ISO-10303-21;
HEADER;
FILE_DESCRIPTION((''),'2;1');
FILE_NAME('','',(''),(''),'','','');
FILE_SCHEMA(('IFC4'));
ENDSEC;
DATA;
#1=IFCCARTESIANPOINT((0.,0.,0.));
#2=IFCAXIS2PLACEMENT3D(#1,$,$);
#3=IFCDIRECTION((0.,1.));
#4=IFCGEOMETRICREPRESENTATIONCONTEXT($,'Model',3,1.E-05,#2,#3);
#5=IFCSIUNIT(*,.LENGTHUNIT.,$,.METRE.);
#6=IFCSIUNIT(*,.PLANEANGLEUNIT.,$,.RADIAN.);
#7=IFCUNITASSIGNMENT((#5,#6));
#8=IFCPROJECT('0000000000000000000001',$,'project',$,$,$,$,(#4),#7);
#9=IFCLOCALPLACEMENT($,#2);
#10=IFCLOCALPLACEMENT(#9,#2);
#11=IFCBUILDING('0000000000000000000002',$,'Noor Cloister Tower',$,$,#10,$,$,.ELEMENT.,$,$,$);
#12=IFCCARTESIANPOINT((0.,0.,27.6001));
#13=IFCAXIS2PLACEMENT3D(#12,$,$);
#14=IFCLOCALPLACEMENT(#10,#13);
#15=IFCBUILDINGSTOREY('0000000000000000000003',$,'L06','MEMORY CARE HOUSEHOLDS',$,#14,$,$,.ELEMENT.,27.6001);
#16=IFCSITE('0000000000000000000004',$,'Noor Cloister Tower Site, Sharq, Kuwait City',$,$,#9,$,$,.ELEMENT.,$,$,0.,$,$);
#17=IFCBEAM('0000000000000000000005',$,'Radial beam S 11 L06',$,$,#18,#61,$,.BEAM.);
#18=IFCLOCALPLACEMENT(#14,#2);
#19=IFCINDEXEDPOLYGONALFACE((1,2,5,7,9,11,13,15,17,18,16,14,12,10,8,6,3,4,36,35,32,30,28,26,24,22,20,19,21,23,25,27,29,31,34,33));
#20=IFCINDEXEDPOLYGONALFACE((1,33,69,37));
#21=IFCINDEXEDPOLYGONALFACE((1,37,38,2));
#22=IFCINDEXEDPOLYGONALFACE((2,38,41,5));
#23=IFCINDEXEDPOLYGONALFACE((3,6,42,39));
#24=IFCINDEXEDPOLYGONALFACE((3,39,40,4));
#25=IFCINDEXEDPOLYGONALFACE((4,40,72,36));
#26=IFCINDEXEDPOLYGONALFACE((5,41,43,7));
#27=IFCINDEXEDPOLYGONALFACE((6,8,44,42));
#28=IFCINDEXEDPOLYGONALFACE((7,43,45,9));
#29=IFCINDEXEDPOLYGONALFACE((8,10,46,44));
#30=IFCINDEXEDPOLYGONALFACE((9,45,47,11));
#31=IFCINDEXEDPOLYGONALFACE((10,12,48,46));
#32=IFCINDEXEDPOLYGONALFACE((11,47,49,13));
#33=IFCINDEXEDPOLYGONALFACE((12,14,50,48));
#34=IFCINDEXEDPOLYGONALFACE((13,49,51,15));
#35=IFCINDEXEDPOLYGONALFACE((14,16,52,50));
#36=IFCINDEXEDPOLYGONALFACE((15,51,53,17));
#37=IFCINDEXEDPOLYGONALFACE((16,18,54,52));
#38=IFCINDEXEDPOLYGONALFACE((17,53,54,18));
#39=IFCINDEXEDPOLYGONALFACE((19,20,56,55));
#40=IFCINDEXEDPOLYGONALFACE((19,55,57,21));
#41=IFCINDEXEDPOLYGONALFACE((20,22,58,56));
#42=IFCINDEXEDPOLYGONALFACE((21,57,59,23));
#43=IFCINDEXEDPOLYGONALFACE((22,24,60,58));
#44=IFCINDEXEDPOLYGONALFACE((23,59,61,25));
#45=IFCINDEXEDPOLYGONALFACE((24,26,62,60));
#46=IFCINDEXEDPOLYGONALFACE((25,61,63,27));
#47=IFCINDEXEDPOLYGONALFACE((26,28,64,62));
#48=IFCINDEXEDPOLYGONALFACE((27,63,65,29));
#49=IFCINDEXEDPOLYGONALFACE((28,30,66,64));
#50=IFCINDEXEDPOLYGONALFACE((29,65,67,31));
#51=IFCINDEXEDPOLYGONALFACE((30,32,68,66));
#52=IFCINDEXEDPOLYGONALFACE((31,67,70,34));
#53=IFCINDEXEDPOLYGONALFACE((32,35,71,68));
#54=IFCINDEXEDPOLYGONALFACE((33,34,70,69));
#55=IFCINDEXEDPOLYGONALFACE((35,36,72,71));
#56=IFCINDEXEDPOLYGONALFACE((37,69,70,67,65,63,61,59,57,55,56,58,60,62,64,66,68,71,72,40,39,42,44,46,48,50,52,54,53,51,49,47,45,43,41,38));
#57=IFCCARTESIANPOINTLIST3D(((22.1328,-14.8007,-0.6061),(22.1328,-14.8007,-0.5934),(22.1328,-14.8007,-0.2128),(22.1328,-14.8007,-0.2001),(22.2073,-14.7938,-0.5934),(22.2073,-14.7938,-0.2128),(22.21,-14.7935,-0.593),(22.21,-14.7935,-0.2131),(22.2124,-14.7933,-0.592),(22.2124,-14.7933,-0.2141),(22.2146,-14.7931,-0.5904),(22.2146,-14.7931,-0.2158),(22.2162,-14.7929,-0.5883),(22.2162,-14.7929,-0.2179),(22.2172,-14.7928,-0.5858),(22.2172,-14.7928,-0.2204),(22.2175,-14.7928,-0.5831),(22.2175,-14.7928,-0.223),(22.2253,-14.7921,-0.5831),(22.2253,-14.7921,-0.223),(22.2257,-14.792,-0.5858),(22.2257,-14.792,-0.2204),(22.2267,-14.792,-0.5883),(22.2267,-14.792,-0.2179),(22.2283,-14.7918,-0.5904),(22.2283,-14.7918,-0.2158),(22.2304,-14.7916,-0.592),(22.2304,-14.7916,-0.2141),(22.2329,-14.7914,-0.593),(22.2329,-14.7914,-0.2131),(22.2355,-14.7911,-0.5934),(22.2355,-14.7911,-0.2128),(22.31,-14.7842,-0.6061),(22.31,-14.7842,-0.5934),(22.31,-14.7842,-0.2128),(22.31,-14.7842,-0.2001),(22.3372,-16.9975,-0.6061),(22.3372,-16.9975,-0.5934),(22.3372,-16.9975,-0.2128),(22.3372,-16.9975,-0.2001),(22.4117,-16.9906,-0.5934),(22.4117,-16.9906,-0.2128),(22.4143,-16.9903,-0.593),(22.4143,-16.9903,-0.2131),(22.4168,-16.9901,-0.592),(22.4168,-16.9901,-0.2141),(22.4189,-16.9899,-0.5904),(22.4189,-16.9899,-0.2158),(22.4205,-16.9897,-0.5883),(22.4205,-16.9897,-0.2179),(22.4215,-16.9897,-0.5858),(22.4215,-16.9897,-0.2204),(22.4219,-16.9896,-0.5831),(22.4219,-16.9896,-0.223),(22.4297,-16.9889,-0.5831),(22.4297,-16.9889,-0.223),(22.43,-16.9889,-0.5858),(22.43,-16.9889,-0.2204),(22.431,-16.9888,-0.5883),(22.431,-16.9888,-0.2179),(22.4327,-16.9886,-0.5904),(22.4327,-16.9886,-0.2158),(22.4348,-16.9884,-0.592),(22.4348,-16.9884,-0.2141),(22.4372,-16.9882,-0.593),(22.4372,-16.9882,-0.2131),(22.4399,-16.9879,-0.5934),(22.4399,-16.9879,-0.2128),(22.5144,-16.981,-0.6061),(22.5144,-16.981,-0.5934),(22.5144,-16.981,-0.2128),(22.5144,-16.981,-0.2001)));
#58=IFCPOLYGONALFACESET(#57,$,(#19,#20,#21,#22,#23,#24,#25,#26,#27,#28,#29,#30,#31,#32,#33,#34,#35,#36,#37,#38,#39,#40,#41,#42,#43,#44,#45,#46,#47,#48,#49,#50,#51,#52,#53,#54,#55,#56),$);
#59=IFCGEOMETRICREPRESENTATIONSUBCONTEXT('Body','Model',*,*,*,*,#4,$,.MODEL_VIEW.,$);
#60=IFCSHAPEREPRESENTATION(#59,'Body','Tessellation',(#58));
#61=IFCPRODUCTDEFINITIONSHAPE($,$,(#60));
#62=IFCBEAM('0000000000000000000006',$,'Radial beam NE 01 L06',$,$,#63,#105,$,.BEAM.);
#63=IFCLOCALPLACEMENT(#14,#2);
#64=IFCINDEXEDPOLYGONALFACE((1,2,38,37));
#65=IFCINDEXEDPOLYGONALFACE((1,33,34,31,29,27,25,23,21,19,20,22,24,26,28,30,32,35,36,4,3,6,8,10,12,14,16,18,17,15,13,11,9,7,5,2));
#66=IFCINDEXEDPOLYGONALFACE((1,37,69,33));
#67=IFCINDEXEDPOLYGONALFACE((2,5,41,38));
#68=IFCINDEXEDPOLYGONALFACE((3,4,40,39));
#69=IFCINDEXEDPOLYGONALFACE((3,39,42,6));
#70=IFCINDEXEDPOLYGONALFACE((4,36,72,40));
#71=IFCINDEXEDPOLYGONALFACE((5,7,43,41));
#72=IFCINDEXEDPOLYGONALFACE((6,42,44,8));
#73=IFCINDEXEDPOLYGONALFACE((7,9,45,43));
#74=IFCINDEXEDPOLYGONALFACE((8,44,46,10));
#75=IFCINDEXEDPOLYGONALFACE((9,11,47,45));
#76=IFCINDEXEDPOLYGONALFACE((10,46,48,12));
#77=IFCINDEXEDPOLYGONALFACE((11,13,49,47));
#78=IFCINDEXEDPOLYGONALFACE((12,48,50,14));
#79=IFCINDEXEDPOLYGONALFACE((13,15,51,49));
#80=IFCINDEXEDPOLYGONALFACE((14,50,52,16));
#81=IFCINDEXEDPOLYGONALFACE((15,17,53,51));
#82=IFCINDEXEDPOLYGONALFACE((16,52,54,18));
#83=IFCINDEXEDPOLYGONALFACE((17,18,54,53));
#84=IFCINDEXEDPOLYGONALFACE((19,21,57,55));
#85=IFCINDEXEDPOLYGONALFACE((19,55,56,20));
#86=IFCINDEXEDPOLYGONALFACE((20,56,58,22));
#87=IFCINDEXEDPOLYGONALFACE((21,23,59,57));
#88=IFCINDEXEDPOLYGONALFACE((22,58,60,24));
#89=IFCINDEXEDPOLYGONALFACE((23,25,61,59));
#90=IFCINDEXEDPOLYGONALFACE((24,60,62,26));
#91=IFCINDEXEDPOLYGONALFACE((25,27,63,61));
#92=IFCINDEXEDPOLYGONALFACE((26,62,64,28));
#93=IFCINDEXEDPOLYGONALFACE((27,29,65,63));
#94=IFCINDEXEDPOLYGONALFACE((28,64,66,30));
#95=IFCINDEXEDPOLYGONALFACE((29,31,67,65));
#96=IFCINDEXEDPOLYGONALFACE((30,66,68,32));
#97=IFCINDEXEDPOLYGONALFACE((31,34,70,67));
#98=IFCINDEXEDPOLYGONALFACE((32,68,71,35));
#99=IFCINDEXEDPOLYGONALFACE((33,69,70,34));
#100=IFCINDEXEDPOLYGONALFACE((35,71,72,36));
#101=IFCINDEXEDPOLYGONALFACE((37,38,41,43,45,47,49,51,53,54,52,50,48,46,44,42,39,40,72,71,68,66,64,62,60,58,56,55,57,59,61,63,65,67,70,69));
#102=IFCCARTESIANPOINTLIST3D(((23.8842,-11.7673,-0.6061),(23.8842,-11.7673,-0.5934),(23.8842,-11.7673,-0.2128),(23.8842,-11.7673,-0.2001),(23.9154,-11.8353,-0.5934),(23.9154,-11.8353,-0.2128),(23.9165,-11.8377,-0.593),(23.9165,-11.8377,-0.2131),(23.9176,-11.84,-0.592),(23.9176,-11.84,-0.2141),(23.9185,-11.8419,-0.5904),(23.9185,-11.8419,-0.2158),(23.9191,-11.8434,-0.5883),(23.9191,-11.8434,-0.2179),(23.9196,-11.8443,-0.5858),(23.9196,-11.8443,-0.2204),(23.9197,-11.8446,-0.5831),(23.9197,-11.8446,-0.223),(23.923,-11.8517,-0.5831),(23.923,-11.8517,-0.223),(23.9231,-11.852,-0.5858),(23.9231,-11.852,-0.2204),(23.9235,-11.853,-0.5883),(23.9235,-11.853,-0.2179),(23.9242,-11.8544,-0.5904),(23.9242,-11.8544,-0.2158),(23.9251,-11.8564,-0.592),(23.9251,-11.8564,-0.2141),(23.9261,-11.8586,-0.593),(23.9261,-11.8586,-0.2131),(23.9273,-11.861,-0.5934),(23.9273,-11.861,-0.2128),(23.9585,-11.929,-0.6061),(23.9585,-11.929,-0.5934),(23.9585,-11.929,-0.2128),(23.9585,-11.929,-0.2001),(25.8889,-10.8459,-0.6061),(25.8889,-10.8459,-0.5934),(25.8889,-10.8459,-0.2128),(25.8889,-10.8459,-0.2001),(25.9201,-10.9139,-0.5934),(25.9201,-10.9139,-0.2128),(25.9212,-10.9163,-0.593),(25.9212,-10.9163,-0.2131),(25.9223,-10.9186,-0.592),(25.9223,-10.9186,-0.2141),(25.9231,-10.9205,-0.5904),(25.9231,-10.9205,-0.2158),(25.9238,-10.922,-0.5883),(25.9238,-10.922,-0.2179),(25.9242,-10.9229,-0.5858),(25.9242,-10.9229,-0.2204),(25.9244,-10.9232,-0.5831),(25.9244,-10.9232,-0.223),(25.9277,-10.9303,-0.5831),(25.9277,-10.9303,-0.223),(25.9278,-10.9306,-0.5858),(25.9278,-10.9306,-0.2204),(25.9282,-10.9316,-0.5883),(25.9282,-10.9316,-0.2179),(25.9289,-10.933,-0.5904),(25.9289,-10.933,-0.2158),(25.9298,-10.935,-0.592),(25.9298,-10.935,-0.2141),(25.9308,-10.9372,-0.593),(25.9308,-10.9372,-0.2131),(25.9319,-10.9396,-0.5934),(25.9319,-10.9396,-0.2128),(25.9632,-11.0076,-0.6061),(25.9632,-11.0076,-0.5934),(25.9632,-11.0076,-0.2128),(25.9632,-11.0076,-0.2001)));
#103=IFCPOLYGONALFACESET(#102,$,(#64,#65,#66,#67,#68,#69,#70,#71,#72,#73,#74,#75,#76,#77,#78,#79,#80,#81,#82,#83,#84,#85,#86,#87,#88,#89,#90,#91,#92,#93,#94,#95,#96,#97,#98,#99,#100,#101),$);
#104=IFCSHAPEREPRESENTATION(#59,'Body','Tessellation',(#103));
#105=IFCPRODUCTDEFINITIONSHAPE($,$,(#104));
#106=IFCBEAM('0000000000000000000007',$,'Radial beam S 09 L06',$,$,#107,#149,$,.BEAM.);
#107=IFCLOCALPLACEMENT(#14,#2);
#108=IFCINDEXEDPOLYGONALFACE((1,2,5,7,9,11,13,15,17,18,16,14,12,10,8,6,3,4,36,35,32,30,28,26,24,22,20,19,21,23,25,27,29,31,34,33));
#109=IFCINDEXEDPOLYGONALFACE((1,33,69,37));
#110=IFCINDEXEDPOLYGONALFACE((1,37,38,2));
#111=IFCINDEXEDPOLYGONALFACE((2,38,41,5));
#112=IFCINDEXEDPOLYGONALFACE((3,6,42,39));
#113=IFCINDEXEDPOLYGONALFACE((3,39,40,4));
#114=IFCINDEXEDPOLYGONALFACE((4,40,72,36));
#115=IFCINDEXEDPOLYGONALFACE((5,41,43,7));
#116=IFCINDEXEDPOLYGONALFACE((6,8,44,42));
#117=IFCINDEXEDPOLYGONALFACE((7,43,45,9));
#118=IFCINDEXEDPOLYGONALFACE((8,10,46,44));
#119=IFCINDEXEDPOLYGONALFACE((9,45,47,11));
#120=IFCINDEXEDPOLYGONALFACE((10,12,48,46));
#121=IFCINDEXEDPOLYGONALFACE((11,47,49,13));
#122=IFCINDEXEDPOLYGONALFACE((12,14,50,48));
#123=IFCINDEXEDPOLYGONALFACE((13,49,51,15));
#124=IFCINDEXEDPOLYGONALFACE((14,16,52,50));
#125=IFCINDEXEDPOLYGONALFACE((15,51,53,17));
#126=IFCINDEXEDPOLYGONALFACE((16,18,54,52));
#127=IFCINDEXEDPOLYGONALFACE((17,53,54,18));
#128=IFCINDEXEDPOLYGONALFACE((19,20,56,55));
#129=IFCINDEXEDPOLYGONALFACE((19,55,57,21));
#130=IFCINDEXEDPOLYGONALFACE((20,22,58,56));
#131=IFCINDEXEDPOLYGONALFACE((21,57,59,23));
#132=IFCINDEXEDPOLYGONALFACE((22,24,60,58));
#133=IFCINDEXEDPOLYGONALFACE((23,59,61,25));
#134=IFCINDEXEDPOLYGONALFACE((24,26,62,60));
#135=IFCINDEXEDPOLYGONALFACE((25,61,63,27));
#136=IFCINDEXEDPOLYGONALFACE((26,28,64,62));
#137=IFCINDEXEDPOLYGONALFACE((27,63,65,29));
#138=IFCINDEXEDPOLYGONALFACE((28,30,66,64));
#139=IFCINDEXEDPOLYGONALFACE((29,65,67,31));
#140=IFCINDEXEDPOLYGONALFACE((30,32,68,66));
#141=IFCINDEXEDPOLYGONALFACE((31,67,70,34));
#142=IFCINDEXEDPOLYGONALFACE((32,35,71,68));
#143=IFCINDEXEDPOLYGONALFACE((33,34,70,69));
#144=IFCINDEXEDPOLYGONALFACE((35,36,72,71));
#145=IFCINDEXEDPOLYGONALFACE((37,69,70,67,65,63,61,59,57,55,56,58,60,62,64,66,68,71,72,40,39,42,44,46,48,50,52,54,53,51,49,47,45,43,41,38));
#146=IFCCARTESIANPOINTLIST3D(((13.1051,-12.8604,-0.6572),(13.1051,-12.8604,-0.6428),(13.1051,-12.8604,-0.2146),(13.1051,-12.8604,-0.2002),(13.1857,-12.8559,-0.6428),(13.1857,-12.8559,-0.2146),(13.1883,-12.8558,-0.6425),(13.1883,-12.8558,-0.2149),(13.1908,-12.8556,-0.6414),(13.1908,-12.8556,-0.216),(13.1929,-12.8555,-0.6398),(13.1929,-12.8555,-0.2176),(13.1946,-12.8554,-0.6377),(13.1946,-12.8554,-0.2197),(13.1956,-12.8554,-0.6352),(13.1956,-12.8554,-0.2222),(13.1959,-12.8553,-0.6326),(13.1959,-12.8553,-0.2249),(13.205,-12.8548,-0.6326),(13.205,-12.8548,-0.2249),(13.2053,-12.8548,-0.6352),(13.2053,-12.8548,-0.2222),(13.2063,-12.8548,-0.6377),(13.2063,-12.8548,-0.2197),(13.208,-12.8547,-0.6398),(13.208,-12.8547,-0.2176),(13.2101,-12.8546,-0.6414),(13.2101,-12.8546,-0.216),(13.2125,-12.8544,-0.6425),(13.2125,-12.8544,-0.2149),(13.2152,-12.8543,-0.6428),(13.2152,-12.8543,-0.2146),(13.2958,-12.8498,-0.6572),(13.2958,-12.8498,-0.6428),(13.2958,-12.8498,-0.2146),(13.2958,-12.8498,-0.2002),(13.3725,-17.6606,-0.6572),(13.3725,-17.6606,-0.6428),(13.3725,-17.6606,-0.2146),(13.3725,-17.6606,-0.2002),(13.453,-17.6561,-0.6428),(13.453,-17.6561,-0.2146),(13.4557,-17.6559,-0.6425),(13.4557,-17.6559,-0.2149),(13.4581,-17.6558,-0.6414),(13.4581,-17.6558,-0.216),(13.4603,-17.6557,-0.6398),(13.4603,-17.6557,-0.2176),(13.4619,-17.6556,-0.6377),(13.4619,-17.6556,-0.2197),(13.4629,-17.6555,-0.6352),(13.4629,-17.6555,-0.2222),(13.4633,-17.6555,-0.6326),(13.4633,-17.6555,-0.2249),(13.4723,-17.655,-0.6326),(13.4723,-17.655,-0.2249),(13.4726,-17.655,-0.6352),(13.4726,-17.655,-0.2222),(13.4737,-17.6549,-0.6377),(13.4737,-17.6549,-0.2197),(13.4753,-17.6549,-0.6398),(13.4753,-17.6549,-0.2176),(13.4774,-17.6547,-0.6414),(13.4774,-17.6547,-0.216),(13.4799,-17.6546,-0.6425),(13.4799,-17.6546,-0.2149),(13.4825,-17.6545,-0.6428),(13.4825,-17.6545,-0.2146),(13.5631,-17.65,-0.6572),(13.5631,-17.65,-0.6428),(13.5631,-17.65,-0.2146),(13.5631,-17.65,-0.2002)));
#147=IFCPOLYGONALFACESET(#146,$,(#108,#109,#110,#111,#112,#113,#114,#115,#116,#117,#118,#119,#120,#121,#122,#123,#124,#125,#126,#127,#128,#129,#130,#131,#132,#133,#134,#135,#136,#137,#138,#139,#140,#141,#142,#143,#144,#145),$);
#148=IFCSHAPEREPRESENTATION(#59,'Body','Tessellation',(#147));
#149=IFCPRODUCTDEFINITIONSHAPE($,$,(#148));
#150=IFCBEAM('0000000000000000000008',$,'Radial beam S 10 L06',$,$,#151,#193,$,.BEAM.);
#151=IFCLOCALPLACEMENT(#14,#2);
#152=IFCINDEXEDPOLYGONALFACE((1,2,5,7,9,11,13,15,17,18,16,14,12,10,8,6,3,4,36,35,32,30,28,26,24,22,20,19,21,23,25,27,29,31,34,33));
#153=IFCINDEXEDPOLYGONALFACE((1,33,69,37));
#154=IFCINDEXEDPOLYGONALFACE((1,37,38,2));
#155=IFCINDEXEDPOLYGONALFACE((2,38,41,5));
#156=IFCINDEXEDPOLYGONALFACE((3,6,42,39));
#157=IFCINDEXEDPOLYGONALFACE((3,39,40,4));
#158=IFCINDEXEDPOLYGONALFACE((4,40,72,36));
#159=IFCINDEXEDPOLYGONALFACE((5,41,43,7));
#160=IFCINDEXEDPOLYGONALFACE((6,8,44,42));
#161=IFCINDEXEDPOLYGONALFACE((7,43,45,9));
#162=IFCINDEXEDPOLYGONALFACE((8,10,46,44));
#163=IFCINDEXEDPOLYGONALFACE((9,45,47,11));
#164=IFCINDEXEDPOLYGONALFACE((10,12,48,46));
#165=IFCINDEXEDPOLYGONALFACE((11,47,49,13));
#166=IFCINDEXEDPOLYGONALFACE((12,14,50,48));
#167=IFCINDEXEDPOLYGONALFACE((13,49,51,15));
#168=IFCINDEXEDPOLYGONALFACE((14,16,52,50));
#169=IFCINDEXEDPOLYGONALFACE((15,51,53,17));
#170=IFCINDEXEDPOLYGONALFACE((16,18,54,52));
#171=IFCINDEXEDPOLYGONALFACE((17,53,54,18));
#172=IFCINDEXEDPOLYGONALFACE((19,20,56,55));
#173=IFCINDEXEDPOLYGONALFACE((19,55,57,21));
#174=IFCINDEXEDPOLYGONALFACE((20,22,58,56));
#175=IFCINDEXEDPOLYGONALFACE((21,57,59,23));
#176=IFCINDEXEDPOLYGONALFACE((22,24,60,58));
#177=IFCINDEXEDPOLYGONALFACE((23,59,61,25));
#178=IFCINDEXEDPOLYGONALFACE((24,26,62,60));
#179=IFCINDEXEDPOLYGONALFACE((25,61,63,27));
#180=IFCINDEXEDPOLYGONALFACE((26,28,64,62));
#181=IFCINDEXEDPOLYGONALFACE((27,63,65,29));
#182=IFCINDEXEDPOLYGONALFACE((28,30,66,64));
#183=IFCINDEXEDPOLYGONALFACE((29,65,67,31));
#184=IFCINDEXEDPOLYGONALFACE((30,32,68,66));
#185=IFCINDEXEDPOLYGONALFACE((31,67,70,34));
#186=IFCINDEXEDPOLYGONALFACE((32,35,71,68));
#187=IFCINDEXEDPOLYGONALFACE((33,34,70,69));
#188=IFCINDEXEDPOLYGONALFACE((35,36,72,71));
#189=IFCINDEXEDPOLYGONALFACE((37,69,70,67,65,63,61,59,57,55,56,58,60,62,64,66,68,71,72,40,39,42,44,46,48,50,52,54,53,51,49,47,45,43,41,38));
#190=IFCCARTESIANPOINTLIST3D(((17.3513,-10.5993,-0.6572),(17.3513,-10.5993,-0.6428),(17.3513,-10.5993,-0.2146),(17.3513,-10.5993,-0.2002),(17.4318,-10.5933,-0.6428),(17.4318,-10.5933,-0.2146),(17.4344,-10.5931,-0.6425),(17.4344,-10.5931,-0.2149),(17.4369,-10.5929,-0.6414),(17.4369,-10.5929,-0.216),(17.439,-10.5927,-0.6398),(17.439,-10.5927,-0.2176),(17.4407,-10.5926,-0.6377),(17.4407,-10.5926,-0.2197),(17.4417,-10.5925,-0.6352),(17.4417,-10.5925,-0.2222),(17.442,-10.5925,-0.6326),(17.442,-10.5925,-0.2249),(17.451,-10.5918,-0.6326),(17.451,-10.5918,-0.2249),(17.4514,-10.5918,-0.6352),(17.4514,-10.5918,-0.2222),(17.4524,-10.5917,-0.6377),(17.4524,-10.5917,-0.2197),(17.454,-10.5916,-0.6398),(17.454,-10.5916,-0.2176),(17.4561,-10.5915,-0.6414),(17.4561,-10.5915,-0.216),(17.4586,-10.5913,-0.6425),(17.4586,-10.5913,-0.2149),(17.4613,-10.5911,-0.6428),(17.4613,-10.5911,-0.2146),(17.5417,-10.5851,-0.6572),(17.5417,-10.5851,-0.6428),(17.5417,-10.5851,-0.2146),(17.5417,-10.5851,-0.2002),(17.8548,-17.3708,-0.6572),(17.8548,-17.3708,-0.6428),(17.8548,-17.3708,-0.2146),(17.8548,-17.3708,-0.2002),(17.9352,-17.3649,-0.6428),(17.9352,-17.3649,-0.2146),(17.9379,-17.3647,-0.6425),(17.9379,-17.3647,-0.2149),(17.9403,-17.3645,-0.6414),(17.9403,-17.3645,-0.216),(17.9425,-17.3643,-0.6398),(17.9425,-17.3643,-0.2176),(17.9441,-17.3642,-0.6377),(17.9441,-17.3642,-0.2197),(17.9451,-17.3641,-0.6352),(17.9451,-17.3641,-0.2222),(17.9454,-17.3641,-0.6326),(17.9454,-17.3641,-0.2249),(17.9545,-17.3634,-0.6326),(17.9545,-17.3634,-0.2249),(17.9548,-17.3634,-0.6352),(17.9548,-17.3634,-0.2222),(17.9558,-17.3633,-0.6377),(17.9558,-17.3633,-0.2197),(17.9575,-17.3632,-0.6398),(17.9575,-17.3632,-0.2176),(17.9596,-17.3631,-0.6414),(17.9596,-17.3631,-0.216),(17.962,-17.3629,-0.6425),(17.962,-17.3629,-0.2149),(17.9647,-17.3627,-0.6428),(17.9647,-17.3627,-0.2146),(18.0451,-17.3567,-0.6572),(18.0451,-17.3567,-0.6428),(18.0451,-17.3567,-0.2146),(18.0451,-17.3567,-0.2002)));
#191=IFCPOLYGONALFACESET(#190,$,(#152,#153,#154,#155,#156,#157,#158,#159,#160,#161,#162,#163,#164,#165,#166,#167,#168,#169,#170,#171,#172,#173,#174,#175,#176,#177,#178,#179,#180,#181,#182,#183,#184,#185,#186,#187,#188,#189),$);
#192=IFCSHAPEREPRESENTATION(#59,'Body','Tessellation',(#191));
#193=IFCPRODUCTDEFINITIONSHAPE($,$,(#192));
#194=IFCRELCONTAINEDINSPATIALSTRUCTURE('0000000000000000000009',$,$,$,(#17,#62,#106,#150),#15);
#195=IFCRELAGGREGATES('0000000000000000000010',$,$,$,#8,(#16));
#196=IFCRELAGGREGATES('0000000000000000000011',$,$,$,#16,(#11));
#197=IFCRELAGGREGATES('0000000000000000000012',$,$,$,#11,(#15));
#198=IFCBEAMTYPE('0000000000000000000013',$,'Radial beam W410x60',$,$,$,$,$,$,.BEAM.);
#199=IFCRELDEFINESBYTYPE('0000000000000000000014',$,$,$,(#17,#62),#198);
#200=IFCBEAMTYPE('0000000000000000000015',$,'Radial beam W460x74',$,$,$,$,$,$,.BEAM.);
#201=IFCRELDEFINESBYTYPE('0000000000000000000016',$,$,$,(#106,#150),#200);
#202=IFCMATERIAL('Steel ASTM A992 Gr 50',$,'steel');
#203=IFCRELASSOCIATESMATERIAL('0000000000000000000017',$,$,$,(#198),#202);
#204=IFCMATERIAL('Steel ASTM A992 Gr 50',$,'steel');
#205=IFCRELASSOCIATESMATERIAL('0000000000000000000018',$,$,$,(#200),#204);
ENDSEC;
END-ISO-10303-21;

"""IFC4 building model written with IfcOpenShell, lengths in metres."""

from ifc_helpers import new_model, si_unit, direction, frame, origin, origin_2d, place, context, subcontext, project, spatial, i_section, extrude, material, material_profile, profile_set, type_object, element, save


model = new_model("IFC4")

# Units and contexts
model_context = context("Model", 3, precision=1e-05, world=origin(), true_north=direction((0.0, 1.0)))
body_context = subcontext(model_context, "Body", "Model", "MODEL_VIEW")
ifc_project = project(units=[si_unit("LENGTHUNIT", "METRE"), si_unit("PLANEANGLEUNIT", "RADIAN")], contexts=[model_context])

# Site, building, storey
site_placement = place(None, origin())
site = spatial("IfcSite", under=ifc_project, at=site_placement, Name="Noor Cloister Tower Site, Sharq, Kuwait City", CompositionType="ELEMENT", RefElevation=0.0)
building_placement = place(site_placement, origin())
building = spatial("IfcBuilding", under=site, at=building_placement, Name="Noor Cloister Tower", CompositionType="ELEMENT")
storey_placement = place(building_placement, frame((0.0, 0.0, 27.6001)))
storey = spatial("IfcBuildingStorey", under=building, at=storey_placement, Name="L06", Description="MEMORY CARE HOUSEHOLDS", CompositionType="ELEMENT", Elevation=27.6001)

# Beams
ifc_material_1 = material(Name="Steel ASTM A992 Gr 50", Category="steel")
ifc_material_profile_1 = material_profile(ifc_material_1, i_section(OverallWidth=0.178, OverallDepth=0.406, WebThickness=0.0078, FlangeThickness=0.0127, FilletRadius=0.0103, at=origin_2d()), Name="W410x60")
ifc_profile_set_1 = profile_set([ifc_material_profile_1], Name="Steel ASTM A992 Gr 50")
beam_type_1 = type_object("IfcBeamType", Name="Radial beam W410x60", PredefinedType="BEAM", material=ifc_profile_set_1)
for number, where, z_axis, x_axis, name in (
    (1, (22.4258, -16.9893, -0.4031), (-0.092621, 0.995701, 0.0), (-0.995701, -0.092621, 0.0), "Radial beam S 11 L06"),
    (2, (25.926, -10.9268, -0.4031), (-0.908619, -0.417626, 0.0), (0.417626, -0.908619, 0.0), "Radial beam NE 01 L06"),
):
    element("IfcBeam", number, at=place(storey_placement, frame(where, z_axis=z_axis, x_axis=x_axis)), inside=storey, type_object=beam_type_1, Name=name, PredefinedType="BEAM", context=body_context, shape_type="SweptSolid", body=[
        extrude(i_section(OverallWidth=0.178, OverallDepth=0.406, WebThickness=0.0078, FlangeThickness=0.0127, FilletRadius=0.0103, at=origin_2d()), origin(), (0.0, 0.0, 1.0), 2.2063),
    ])
ifc_material_2 = material(Name="Steel ASTM A992 Gr 50", Category="steel")
ifc_material_profile_2 = material_profile(ifc_material_2, i_section(OverallWidth=0.1909, OverallDepth=0.457, WebThickness=0.009, FlangeThickness=0.0144, FilletRadius=0.0103, at=origin_2d()), Name="W460x74")
ifc_profile_set_2 = profile_set([ifc_material_profile_2], Name="Steel ASTM A992 Gr 50")
beam_type_2 = type_object("IfcBeamType", Name="Radial beam W460x74", PredefinedType="BEAM", material=ifc_profile_set_2)
beam_1_placement = place(storey_placement, frame((13.4678, -17.6553, -0.4287), z_axis=(-0.055605, 0.998453, 0.0), x_axis=(-0.998453, -0.055605, 0.0)))
element("IfcBeam", 3, at=beam_1_placement, inside=storey, type_object=beam_type_2, Name="Radial beam S 09 L06", PredefinedType="BEAM", context=body_context, shape_type="SweptSolid", body=[
    extrude(i_section(OverallWidth=0.1909, OverallDepth=0.457, WebThickness=0.009, FlangeThickness=0.0144, FilletRadius=0.0103, at=origin_2d()), origin(), (0.0, 0.0, 1.0), 4.8076),
])
beam_2_placement = place(storey_placement, frame((17.95, -17.3638, -0.4287), z_axis=(-0.074139, 0.997248, 0.0), x_axis=(-0.997248, -0.074139, 0.0)))
element("IfcBeam", 4, at=beam_2_placement, inside=storey, type_object=beam_type_2, Name="Radial beam S 10 L06", PredefinedType="BEAM", context=body_context, shape_type="SweptSolid", body=[
    extrude(i_section(OverallWidth=0.1909, OverallDepth=0.457, WebThickness=0.009, FlangeThickness=0.0144, FilletRadius=0.0103, at=origin_2d()), origin(), (0.0, 0.0, 1.0), 6.7903),
])

save(model, "model.ifc")
